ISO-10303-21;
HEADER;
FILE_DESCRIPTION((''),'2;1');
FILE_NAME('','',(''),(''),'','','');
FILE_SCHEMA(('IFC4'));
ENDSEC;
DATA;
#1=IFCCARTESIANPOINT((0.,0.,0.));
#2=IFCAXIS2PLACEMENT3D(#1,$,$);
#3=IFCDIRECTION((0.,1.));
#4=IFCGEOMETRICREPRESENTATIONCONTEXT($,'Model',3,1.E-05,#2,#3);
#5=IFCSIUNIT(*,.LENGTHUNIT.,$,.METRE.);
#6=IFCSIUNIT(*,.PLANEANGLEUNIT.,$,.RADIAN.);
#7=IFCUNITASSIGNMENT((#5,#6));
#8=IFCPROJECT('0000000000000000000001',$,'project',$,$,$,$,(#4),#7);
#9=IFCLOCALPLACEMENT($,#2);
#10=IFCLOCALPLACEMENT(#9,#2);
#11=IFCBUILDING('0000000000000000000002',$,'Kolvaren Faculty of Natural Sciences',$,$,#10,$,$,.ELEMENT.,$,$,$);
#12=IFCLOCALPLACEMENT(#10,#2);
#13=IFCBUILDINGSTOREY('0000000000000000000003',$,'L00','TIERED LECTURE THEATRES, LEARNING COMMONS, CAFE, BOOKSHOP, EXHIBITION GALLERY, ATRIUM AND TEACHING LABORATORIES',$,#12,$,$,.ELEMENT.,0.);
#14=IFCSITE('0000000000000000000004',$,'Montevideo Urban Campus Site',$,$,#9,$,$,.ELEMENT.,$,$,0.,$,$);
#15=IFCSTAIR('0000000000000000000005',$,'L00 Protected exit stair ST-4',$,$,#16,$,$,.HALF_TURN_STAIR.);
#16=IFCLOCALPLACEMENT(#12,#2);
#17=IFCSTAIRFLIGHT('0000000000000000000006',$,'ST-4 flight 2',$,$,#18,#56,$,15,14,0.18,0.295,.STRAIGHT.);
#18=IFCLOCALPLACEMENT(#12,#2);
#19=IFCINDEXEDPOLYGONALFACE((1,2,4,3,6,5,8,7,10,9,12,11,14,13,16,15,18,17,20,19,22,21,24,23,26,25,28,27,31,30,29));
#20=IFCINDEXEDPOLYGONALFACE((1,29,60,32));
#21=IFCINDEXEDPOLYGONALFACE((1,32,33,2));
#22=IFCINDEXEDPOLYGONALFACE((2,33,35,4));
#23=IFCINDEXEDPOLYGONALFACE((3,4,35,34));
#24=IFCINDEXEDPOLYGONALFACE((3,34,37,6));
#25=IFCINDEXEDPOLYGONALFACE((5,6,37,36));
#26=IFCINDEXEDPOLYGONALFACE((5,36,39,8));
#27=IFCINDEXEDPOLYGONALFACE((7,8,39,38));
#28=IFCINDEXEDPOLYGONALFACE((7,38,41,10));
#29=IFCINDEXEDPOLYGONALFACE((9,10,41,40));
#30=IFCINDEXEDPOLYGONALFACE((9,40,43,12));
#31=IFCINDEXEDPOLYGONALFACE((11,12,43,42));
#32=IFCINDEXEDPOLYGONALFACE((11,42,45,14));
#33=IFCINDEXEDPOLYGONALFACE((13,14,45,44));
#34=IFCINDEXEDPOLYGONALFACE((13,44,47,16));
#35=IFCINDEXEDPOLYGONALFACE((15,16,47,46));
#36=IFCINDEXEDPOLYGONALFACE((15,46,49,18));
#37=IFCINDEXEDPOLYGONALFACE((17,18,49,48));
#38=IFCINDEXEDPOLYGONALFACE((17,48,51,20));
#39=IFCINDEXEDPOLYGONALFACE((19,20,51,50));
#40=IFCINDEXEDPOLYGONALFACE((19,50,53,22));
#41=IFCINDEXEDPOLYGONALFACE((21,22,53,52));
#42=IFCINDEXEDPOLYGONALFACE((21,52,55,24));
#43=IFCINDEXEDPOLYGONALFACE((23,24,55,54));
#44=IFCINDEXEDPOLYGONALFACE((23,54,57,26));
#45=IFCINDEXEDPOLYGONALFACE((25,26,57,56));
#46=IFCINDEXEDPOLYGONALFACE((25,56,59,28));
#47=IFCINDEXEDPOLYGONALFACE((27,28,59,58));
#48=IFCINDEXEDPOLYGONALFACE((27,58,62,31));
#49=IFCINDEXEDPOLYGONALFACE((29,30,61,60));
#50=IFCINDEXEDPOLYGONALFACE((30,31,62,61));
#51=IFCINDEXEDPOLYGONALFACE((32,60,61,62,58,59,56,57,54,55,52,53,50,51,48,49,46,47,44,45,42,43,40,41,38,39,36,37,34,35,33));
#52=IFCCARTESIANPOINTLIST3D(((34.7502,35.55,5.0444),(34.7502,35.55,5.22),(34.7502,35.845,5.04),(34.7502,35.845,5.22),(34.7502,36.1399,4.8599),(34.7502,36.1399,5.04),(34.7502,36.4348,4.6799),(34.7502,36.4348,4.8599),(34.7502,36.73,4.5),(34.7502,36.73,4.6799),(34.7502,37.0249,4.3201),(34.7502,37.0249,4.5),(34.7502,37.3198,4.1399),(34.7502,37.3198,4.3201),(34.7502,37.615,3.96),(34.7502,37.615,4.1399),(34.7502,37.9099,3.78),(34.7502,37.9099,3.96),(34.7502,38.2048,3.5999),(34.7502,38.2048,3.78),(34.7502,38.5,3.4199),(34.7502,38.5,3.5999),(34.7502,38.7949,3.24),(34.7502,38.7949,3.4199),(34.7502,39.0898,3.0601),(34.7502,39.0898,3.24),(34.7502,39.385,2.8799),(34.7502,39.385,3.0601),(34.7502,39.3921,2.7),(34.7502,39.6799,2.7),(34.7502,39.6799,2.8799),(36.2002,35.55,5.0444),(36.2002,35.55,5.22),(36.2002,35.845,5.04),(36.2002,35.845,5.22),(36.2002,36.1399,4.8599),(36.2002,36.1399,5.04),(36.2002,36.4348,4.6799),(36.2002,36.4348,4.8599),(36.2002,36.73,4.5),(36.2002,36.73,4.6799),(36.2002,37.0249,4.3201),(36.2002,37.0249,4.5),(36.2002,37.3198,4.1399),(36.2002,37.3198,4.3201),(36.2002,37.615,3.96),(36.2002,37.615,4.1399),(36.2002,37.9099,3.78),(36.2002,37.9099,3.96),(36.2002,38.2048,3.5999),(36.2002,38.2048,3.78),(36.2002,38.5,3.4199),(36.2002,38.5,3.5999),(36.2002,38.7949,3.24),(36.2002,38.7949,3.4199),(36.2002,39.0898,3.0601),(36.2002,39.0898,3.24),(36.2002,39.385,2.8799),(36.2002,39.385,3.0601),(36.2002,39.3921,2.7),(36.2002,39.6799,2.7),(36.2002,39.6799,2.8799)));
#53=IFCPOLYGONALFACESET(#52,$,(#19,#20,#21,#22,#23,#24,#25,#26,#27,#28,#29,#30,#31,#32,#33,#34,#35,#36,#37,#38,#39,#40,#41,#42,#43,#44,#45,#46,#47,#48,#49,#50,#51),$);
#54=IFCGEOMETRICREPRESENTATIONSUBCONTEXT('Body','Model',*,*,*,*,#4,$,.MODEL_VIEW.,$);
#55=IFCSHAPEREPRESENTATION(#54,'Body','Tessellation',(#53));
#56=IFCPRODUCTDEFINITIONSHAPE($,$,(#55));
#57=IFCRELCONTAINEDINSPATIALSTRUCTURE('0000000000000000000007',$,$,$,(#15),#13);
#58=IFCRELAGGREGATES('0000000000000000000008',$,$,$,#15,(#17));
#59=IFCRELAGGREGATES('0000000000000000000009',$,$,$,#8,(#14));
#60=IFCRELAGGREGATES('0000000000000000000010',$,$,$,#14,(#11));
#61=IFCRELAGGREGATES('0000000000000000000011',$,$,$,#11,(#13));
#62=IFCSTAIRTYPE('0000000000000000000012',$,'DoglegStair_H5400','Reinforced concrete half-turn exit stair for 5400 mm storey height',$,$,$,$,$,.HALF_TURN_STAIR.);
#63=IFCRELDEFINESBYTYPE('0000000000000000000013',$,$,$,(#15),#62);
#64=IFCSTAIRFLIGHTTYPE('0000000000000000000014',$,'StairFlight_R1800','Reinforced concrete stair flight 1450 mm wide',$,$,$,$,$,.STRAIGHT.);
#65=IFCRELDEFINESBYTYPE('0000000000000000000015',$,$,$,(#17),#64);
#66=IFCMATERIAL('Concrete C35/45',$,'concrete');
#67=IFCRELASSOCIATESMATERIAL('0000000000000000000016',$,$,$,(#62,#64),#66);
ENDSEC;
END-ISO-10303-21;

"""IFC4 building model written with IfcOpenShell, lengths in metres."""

from ifc_helpers import new_model, si_unit, direction, frame, origin, place, context, subcontext, project, spatial, polyline, outline, extrude, material, type_object, element, aggregate, save


model = new_model("IFC4")

# Units and contexts
model_context = context("Model", 3, precision=1e-05, world=origin(), true_north=direction((0.0, 1.0)))
body_context = subcontext(model_context, "Body", "Model", "MODEL_VIEW")
ifc_project = project(units=[si_unit("LENGTHUNIT", "METRE"), si_unit("PLANEANGLEUNIT", "RADIAN")], contexts=[model_context])

# Site, building, storey
site_placement = place(None, origin())
site = spatial("IfcSite", under=ifc_project, at=site_placement, Name="Montevideo Urban Campus Site", CompositionType="ELEMENT", RefElevation=0.0)
building_placement = place(site_placement, origin())
building = spatial("IfcBuilding", under=site, at=building_placement, Name="Kolvaren Faculty of Natural Sciences", CompositionType="ELEMENT")
storey_placement = place(building_placement, origin())
storey = spatial("IfcBuildingStorey", under=building, at=storey_placement, Name="L00", Description="TIERED LECTURE THEATRES, LEARNING COMMONS, CAFE, BOOKSHOP, EXHIBITION GALLERY, ATRIUM AND TEACHING LABORATORIES", CompositionType="ELEMENT", Elevation=0.0)

# Shared definitions
ifc_material_1 = material(Name="Concrete C35/45", Category="concrete")

# Stair, stair flight
stair_type = type_object("IfcStairType", Name="DoglegStair_H5400", Description="Reinforced concrete half-turn exit stair for 5400 mm storey height", PredefinedType="HALF_TURN_STAIR", material=ifc_material_1)
stair_placement = place(storey_placement, origin())
stair = element("IfcStair", 1, at=stair_placement, inside=storey, type_object=stair_type, Name="L00 Protected exit stair ST-4", PredefinedType="HALF_TURN_STAIR")
stair_flight_type = type_object("IfcStairFlightType", Name="StairFlight_R1800", Description="Reinforced concrete stair flight 1450 mm wide", PredefinedType="STRAIGHT", material=ifc_material_1)
stair_flight_1_placement = place(storey_placement, frame((35.4751, 39.6799, 2.7), z_axis=(0.0, 0.0, 1.0), x_axis=(0.0, -1.0, 0.0)))
stair_flight_1 = element("IfcStairFlight", 2, at=stair_flight_1_placement, type_object=stair_flight_type, Name="ST-4 flight 2", NumberOfRisers=15, NumberOfTreads=14, PredefinedType="STRAIGHT", RiserHeight=0.18, TreadLength=0.295, context=body_context, shape_type="SweptSolid", body=[
    extrude(outline(polyline([(0.0, 0.0), (0.0, 0.1799), (0.2949, 0.1799), (0.2949, 0.3601), (0.5901, 0.3601), (0.5901, 0.54), (0.885, 0.54), (0.885, 0.72), (1.1799, 0.72), (1.1799, 0.8999), (1.4751, 0.8999), (1.4751, 1.0801), (1.77, 1.0801), (1.77, 1.26), (2.0649, 1.26), (2.0649, 1.4399), (2.3601, 1.4399), (2.3601, 1.6201), (2.655, 1.6201), (2.655, 1.8), (2.95, 1.8), (2.95, 1.98), (3.2451, 1.98), (3.2451, 2.1599), (3.54, 2.1599), (3.54, 2.3401), (3.835, 2.3401), (3.835, 2.52), (4.1299, 2.52), (4.1299, 2.7), (4.1299, 2.3445), (0.2878, 0.0), (0.0, 0.0)])), frame((0.0, 0.7251, 0.0), z_axis=(0.0, -1.0, 0.0), x_axis=(1.0, 0.0, 0.0)), (0.0, 0.0, 1.0), 1.45),
])
aggregate(stair, [stair_flight_1])

save(model, "model.ifc")
